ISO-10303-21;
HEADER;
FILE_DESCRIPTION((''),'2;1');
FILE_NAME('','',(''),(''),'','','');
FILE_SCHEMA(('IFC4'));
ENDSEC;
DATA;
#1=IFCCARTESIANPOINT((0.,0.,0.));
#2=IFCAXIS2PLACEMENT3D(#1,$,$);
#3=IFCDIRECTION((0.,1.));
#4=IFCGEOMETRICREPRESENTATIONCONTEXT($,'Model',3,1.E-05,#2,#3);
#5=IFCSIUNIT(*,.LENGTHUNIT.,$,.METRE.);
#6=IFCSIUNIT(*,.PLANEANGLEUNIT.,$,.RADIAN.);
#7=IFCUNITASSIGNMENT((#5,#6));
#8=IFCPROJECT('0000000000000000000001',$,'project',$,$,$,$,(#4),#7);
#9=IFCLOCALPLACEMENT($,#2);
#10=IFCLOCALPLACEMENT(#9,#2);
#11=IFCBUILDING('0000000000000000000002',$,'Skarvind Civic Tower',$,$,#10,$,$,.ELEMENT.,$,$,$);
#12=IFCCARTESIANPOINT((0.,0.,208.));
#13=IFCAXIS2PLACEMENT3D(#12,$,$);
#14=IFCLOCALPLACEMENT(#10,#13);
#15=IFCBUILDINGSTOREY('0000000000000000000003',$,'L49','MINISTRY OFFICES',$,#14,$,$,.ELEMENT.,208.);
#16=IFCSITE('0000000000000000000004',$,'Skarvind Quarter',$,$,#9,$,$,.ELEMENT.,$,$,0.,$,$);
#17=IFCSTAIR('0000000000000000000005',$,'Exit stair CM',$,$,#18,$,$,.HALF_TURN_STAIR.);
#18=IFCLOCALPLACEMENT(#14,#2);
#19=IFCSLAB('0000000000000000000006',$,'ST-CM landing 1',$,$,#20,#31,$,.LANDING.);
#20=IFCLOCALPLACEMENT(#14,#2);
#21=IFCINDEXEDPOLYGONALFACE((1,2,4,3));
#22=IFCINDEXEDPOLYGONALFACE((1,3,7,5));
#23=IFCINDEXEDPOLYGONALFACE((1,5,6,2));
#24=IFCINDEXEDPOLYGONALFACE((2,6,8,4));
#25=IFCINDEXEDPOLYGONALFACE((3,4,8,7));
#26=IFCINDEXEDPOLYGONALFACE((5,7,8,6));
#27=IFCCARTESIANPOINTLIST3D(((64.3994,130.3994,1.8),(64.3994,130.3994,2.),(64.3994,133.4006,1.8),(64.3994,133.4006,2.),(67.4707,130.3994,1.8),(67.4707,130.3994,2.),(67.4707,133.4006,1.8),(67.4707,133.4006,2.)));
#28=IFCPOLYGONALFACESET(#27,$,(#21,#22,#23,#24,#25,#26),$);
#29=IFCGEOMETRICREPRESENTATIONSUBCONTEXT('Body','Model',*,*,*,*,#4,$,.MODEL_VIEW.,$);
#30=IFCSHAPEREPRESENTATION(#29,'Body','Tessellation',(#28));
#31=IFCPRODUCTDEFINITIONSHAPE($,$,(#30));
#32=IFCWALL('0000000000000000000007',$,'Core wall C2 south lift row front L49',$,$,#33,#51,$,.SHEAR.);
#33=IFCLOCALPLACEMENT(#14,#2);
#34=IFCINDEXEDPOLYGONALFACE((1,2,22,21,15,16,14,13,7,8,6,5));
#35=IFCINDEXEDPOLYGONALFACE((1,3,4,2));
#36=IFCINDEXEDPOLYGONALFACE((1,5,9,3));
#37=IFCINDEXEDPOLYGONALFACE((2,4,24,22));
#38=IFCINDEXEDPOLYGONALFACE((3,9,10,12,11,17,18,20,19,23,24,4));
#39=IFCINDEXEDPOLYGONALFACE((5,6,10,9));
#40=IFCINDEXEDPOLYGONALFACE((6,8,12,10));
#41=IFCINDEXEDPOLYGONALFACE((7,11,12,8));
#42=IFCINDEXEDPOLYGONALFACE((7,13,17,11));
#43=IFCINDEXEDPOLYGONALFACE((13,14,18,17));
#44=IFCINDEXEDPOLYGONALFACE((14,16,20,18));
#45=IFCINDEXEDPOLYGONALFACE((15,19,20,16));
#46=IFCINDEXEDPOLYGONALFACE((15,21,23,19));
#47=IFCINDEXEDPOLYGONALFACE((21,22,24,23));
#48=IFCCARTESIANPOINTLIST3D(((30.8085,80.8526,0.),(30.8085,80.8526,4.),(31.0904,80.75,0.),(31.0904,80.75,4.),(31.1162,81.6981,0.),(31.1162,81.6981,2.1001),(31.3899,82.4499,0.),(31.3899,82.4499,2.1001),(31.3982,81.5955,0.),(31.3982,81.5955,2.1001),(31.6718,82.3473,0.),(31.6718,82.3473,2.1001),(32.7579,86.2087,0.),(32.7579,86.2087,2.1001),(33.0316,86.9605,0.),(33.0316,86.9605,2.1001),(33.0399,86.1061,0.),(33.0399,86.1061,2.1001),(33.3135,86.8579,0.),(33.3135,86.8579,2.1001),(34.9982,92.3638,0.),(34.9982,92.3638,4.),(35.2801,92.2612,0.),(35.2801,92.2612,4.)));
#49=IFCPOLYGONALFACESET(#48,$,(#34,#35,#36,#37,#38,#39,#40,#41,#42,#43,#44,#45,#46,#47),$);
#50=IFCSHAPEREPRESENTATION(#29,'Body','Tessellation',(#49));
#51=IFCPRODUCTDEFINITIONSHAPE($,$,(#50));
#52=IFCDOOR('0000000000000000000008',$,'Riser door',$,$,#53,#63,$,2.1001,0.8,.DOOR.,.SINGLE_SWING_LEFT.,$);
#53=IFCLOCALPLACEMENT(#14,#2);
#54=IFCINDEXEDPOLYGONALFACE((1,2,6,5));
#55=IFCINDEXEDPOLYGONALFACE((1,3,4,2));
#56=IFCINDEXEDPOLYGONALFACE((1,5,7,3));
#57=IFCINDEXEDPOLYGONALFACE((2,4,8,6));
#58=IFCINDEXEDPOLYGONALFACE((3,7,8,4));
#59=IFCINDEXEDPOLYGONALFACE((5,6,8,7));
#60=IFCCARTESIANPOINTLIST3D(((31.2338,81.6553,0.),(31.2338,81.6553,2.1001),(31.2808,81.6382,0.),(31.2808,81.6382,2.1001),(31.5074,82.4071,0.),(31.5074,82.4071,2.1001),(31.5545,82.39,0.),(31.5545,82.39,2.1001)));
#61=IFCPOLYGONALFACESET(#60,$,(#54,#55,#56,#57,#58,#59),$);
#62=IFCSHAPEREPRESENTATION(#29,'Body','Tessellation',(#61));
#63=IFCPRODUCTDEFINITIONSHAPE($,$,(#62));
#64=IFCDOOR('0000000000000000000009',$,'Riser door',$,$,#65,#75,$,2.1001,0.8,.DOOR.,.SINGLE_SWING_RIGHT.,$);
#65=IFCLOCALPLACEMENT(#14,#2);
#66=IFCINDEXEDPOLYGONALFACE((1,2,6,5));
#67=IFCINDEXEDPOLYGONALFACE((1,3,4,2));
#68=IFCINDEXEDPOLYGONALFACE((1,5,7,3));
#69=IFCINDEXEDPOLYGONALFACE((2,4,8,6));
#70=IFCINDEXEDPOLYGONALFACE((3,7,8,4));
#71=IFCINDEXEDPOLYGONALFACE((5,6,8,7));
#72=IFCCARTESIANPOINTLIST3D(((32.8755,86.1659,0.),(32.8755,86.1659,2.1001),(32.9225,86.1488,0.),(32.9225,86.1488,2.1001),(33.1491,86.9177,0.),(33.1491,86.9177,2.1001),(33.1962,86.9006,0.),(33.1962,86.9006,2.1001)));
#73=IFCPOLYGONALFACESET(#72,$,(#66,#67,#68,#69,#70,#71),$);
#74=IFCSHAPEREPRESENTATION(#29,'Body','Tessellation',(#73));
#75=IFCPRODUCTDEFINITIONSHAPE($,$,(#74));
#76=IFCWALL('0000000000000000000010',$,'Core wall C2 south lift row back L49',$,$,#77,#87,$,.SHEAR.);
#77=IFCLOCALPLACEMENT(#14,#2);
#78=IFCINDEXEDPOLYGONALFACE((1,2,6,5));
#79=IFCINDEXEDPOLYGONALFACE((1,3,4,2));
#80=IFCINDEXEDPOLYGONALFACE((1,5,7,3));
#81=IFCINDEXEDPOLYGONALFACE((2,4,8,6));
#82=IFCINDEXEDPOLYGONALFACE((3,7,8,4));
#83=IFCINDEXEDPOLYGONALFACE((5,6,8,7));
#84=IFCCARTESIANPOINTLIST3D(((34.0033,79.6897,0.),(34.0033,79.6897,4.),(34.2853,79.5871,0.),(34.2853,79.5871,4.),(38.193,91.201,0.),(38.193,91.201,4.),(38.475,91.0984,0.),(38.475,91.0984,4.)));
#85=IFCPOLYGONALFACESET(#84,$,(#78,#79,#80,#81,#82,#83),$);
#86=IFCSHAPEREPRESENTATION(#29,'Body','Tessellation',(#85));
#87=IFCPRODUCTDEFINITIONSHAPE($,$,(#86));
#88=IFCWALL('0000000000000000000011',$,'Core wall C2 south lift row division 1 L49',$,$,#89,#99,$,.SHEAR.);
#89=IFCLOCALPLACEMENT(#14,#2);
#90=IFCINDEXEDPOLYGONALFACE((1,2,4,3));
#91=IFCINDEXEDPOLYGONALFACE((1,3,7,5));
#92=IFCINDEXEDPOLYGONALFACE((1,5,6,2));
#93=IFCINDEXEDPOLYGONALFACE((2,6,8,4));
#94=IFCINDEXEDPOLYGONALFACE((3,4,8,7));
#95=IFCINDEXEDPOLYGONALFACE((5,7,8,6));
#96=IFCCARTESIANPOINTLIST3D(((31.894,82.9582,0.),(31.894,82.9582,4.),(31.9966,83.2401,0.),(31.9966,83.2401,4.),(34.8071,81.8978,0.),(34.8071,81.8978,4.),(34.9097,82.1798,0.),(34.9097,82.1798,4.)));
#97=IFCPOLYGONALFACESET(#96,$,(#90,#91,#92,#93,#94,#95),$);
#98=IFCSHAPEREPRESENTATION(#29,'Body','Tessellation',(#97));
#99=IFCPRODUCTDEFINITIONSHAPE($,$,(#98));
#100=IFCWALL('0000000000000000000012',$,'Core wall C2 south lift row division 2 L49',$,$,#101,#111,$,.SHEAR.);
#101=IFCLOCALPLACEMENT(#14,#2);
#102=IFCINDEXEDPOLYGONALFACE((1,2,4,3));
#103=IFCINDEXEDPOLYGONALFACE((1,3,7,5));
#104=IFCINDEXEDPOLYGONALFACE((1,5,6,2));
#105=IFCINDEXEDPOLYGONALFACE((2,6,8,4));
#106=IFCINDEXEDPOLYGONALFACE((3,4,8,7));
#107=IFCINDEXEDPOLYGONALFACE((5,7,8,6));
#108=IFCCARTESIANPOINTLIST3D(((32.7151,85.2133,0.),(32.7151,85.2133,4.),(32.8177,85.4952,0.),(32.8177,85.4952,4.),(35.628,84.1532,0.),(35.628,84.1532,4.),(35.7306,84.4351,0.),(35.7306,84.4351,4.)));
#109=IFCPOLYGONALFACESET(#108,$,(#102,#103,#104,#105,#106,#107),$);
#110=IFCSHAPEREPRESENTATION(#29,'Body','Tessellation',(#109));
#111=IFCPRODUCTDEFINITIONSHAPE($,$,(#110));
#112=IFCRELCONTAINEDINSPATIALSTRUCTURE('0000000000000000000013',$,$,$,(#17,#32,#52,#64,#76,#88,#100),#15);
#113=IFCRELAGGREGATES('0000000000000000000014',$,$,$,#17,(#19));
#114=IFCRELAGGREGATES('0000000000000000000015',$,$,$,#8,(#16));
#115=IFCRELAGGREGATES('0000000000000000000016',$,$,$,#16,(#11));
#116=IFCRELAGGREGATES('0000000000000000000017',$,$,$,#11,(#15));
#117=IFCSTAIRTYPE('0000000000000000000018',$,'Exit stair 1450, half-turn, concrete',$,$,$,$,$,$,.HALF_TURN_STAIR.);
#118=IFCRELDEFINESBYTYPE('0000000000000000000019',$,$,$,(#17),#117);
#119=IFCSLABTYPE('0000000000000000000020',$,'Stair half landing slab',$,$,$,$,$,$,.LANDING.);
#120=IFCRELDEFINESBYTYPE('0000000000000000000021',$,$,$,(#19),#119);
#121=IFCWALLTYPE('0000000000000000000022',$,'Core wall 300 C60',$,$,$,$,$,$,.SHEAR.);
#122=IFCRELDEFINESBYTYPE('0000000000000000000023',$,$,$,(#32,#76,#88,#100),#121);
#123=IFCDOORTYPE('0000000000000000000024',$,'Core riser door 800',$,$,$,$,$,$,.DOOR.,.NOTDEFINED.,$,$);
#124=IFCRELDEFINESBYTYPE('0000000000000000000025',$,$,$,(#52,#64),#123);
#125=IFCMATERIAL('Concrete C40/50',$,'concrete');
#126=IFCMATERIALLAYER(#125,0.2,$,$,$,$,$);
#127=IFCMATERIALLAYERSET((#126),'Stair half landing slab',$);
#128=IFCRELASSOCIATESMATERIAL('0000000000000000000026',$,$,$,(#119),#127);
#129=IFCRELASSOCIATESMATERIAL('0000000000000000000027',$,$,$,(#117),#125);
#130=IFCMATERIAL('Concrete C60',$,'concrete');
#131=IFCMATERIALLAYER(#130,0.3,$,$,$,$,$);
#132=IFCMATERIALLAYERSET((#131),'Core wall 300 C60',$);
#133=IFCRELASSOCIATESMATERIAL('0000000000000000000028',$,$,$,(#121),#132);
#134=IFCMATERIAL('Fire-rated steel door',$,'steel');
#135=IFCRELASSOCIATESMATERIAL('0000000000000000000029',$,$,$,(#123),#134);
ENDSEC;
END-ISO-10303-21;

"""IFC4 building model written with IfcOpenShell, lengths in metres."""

from ifc_helpers import new_model, si_unit, direction, frame, frame_2d, origin, place, context, subcontext, project, spatial, polyline, rectangle, outline, extrude, material, layer, layer_set, type_object, element, fill, aggregate, save


model = new_model("IFC4")

# Units and contexts
model_context = context("Model", 3, precision=1e-05, world=origin(), true_north=direction((0.0, 1.0)))
body_context = subcontext(model_context, "Body", "Model", "MODEL_VIEW")
ifc_project = project(units=[si_unit("LENGTHUNIT", "METRE"), si_unit("PLANEANGLEUNIT", "RADIAN")], contexts=[model_context])

# Site, building, storey
site_placement = place(None, origin())
site = spatial("IfcSite", under=ifc_project, at=site_placement, Name="Skarvind Quarter", CompositionType="ELEMENT", RefElevation=0.0)
building_placement = place(site_placement, origin())
building = spatial("IfcBuilding", under=site, at=building_placement, Name="Skarvind Civic Tower", CompositionType="ELEMENT")
storey_placement = place(building_placement, frame((0.0, 0.0, 208.0)))
storey = spatial("IfcBuildingStorey", under=building, at=storey_placement, Name="L49", Description="MINISTRY OFFICES", CompositionType="ELEMENT", Elevation=208.0)

# Shared definitions
ifc_material_1 = material(Name="Concrete C40/50", Category="concrete")

# Stair, slab
ifc_layer_1 = layer(ifc_material_1, 0.2)
ifc_layer_set_1 = layer_set([ifc_layer_1], Name="Stair half landing slab")
slab_type_1 = type_object("IfcSlabType", Name="Stair half landing slab", PredefinedType="LANDING", material=ifc_layer_set_1)
stair_type_1 = type_object("IfcStairType", Name="Exit stair 1450, half-turn, concrete", PredefinedType="HALF_TURN_STAIR", material=ifc_material_1)
stair_1_placement = place(storey_placement, origin())
stair_1 = element("IfcStair", 1, at=stair_1_placement, inside=storey, type_object=stair_type_1, Name="Exit stair CM", PredefinedType="HALF_TURN_STAIR")
slab_1_placement = place(storey_placement, frame((0.0, 0.0, 1.8)))
slab_1 = element("IfcSlab", 2, at=slab_1_placement, type_object=slab_type_1, Name="ST-CM landing 1", PredefinedType="LANDING", context=body_context, shape_type="SweptSolid", body=[
    extrude(outline(polyline([(67.4707, 133.4006), (67.4707, 130.3994), (64.3994, 130.3994), (64.3994, 133.4006), (67.4707, 133.4006)])), origin(), (0.0, 0.0, 1.0), 0.2),
])
aggregate(stair_1, [slab_1])

# Wall, openings, doors
ifc_material_2 = material(Name="Concrete C60", Category="concrete")
ifc_layer_2 = layer(ifc_material_2, 0.3)
ifc_layer_set_2 = layer_set([ifc_layer_2], Name="Core wall 300 C60")
wall_type_1 = type_object("IfcWallType", Name="Core wall 300 C60", PredefinedType="SHEAR", material=ifc_layer_set_2)
wall_1_placement = place(storey_placement, frame((30.9495, 80.8013, 0.0), z_axis=(0.0, 0.0, 1.0), x_axis=(0.342017, 0.939694, 0.0)))
wall_1 = element("IfcWall", 3, at=wall_1_placement, inside=storey, type_object=wall_type_1, Name="Core wall C2 south lift row front L49", PredefinedType="SHEAR", context=body_context, shape_type="SweptSolid", body=[
    extrude(rectangle(XDim=12.25, YDim=0.3, at=frame_2d((6.125, 0.0))), origin(), (0.0, 0.0, 1.0), 4.0),
])
opening_1_placement = place(wall_1_placement, frame((0.8999, 0.0, 0.0)))
opening_1 = element("IfcOpeningElement", 4, at=opening_1_placement, cuts=wall_1, PredefinedType="OPENING", context=body_context, shape_type="SweptSolid", body=[
    extrude(rectangle(XDim=0.8, YDim=2.1001, at=frame_2d((0.3999, 1.05))), frame((0.0, 0.1599, 0.0), z_axis=(0.0, -1.0, 0.0), x_axis=(1.0, 0.0, 0.0)), (0.0, 0.0, 1.0), 0.3201),
])
opening_2_placement = place(wall_1_placement, frame((5.7, 0.0, 0.0)))
opening_2 = element("IfcOpeningElement", 5, at=opening_2_placement, cuts=wall_1, PredefinedType="OPENING", context=body_context, shape_type="SweptSolid", body=[
    extrude(rectangle(XDim=0.8, YDim=2.1001, at=frame_2d((0.3999, 1.05))), frame((0.0, 0.1599, 0.0), z_axis=(0.0, -1.0, 0.0), x_axis=(1.0, 0.0, 0.0)), (0.0, 0.0, 1.0), 0.3201),
])
ifc_material_3 = material(Name="Fire-rated steel door", Category="steel")
door_type_1 = type_object("IfcDoorType", Name="Core riser door 800", OperationType="NOTDEFINED", PredefinedType="DOOR", material=ifc_material_3)
door_1_placement = place(opening_1_placement, origin())
door_1 = element("IfcDoor", 6, at=door_1_placement, inside=storey, type_object=door_type_1, Name="Riser door", OperationType="SINGLE_SWING_LEFT", OverallHeight=2.1001, OverallWidth=0.8, PredefinedType="DOOR", context=body_context, shape_type="SweptSolid", body=[
    extrude(rectangle(XDim=0.8, YDim=2.1001, at=frame_2d((0.3999, 1.05))), frame((0.0, 0.0249, 0.0), z_axis=(0.0, -1.0, 0.0), x_axis=(1.0, 0.0, 0.0)), (0.0, 0.0, 1.0), 0.05),
])
fill(opening_1, door_1)
door_2_placement = place(opening_2_placement, origin())
door_2 = element("IfcDoor", 7, at=door_2_placement, inside=storey, type_object=door_type_1, Name="Riser door", OperationType="SINGLE_SWING_RIGHT", OverallHeight=2.1001, OverallWidth=0.8, PredefinedType="DOOR", context=body_context, shape_type="SweptSolid", body=[
    extrude(rectangle(XDim=0.8, YDim=2.1001, at=frame_2d((0.3999, 1.05))), frame((0.0, 0.0249, 0.0), z_axis=(0.0, -1.0, 0.0), x_axis=(1.0, 0.0, 0.0)), (0.0, 0.0, 1.0), 0.05),
])
fill(opening_2, door_2)

# Walls
wall_2_placement = place(storey_placement, frame((34.1443, 79.6384, 0.0), z_axis=(0.0, 0.0, 1.0), x_axis=(0.342017, 0.939694, 0.0)))
element("IfcWall", 8, at=wall_2_placement, inside=storey, type_object=wall_type_1, Name="Core wall C2 south lift row back L49", PredefinedType="SHEAR", context=body_context, shape_type="SweptSolid", body=[
    extrude(rectangle(XDim=12.25, YDim=0.3, at=frame_2d((6.125, 0.0))), origin(), (0.0, 0.0, 1.0), 4.0),
])
wall_3_placement = place(storey_placement, frame((34.8584, 82.0388, 0.0), z_axis=(0.0, 0.0, 1.0), x_axis=(-0.93969, 0.342028, 0.0)))
element("IfcWall", 9, at=wall_3_placement, inside=storey, type_object=wall_type_1, Name="Core wall C2 south lift row division 1 L49", PredefinedType="SHEAR", context=body_context, shape_type="SweptSolid", body=[
    extrude(rectangle(XDim=3.1001, YDim=0.3, at=frame_2d((1.55, 0.0))), origin(), (0.0, 0.0, 1.0), 4.0),
])
wall_4_placement = place(storey_placement, frame((35.6792, 84.2942, 0.0), z_axis=(0.0, 0.0, 1.0), x_axis=(-0.939706, 0.341983, 0.0)))
element("IfcWall", 10, at=wall_4_placement, inside=storey, type_object=wall_type_1, Name="Core wall C2 south lift row division 2 L49", PredefinedType="SHEAR", context=body_context, shape_type="SweptSolid", body=[
    extrude(rectangle(XDim=3.0999, YDim=0.3, at=frame_2d((1.5498, 0.0))), origin(), (0.0, 0.0, 1.0), 4.0),
])

save(model, "model.ifc")
